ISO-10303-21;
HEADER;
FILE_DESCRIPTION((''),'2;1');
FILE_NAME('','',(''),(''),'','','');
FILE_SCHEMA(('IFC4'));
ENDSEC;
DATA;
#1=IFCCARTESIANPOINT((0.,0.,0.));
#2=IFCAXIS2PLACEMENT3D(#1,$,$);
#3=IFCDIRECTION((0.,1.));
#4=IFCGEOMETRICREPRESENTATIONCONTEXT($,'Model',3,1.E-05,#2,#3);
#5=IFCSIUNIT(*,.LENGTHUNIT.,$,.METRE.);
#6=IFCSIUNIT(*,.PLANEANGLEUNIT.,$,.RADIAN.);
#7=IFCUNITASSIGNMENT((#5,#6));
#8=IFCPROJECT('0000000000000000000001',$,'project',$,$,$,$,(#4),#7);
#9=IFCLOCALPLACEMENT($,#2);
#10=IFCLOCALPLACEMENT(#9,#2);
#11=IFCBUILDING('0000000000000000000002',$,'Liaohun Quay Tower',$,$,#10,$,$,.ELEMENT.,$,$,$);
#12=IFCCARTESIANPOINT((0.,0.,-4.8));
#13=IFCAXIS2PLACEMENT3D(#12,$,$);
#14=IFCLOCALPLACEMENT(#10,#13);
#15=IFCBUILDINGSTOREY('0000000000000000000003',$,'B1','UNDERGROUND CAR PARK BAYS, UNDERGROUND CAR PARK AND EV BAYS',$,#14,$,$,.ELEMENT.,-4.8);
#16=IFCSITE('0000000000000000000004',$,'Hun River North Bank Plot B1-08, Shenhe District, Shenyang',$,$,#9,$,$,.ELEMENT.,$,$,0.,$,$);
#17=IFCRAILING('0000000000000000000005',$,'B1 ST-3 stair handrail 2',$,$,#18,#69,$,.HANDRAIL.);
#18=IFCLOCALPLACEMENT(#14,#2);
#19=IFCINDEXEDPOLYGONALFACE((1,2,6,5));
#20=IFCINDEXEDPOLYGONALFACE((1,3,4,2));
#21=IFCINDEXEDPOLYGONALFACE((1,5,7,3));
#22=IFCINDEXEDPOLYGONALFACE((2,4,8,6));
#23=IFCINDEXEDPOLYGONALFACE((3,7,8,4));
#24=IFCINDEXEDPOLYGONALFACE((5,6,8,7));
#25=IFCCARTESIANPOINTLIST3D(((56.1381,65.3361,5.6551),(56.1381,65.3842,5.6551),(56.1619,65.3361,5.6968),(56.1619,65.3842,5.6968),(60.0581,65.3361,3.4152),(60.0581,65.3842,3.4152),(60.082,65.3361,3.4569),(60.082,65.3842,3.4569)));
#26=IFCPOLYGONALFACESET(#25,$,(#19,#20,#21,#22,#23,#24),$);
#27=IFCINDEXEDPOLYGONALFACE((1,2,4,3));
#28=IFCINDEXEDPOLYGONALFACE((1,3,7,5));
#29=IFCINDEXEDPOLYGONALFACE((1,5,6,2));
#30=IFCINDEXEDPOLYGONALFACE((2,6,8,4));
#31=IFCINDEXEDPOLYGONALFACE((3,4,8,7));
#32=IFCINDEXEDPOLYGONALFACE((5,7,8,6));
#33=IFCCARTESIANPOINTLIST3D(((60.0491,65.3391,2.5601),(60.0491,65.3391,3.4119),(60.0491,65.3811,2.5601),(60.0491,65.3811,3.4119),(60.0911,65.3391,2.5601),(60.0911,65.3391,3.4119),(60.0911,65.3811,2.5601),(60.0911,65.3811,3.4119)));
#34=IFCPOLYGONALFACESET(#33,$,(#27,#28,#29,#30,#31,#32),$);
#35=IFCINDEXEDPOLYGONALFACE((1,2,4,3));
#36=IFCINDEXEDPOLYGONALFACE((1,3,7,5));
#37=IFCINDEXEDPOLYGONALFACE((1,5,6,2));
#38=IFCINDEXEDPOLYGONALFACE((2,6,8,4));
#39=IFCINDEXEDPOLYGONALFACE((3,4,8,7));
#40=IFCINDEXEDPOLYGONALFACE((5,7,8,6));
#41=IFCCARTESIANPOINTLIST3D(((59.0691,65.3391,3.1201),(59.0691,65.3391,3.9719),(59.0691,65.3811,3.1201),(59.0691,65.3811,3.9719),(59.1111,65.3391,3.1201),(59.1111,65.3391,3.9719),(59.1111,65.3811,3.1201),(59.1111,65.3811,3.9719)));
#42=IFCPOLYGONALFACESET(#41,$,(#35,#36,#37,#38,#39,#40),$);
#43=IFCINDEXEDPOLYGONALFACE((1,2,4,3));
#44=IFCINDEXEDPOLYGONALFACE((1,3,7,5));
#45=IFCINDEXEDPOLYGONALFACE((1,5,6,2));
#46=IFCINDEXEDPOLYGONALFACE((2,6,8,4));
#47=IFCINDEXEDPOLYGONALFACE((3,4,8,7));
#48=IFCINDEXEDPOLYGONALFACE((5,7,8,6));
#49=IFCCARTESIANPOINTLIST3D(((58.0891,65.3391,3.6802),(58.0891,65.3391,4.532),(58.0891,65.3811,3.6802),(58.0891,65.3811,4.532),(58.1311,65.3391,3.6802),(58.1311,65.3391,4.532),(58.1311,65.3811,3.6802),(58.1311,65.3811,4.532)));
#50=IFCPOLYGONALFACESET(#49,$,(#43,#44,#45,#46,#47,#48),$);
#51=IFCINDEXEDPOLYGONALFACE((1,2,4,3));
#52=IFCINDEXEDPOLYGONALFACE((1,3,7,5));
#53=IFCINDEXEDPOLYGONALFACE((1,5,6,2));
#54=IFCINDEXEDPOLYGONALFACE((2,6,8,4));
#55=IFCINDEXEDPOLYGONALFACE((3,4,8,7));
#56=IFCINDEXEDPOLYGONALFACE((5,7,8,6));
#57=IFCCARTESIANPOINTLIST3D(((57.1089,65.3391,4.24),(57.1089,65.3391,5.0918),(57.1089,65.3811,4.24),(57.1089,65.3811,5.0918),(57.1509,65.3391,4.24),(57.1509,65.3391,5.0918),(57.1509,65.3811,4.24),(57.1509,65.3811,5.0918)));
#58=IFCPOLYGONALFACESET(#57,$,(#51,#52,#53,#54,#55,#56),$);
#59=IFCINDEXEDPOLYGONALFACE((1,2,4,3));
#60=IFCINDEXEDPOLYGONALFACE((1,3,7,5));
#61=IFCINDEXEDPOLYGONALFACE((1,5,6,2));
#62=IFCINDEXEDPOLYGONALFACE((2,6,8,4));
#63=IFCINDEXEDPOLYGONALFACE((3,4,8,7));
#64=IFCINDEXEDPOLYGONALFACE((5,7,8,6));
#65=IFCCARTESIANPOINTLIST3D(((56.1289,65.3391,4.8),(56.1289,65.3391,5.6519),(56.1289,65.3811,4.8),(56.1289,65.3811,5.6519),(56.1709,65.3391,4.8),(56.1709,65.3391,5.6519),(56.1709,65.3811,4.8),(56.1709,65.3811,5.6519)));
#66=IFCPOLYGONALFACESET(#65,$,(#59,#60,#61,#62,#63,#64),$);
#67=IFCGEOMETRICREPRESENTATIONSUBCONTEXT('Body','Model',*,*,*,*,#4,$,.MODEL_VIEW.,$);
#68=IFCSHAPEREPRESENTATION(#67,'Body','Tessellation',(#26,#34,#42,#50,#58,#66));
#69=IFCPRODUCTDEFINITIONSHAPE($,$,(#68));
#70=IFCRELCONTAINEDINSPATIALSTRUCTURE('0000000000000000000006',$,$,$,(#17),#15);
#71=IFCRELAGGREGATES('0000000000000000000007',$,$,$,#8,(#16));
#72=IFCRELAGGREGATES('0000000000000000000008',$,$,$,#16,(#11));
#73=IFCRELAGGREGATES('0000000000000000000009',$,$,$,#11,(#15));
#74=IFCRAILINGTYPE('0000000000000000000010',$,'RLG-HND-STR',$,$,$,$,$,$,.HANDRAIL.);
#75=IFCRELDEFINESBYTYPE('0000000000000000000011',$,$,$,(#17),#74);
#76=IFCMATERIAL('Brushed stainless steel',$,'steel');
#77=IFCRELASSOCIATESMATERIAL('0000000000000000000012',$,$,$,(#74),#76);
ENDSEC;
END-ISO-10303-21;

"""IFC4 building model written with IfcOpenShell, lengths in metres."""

from ifc_helpers import new_model, si_unit, direction, frame, origin, origin_2d, place, context, subcontext, project, spatial, rectangle, extrude, material, type_object, element, save


model = new_model("IFC4")

# Units and contexts
model_context = context("Model", 3, precision=1e-05, world=origin(), true_north=direction((0.0, 1.0)))
body_context = subcontext(model_context, "Body", "Model", "MODEL_VIEW")
ifc_project = project(units=[si_unit("LENGTHUNIT", "METRE"), si_unit("PLANEANGLEUNIT", "RADIAN")], contexts=[model_context])

# Site, building, storey
site_placement = place(None, origin())
site = spatial("IfcSite", under=ifc_project, at=site_placement, Name="Hun River North Bank Plot B1-08, Shenhe District, Shenyang", CompositionType="ELEMENT", RefElevation=0.0)
building_placement = place(site_placement, origin())
building = spatial("IfcBuilding", under=site, at=building_placement, Name="Liaohun Quay Tower", CompositionType="ELEMENT")
storey_placement = place(building_placement, frame((0.0, 0.0, -4.8)))
storey = spatial("IfcBuildingStorey", under=building, at=storey_placement, Name="B1", Description="UNDERGROUND CAR PARK BAYS, UNDERGROUND CAR PARK AND EV BAYS", CompositionType="ELEMENT", Elevation=-4.8)

# Railing
ifc_material_1 = material(Name="Brushed stainless steel", Category="steel")
railing_type_1 = type_object("IfcRailingType", Name="RLG-HND-STR", PredefinedType="HANDRAIL", material=ifc_material_1)
railing_1_placement = place(storey_placement, frame((60.0701, 65.3601, 2.5601)))
element("IfcRailing", 1, at=railing_1_placement, inside=storey, type_object=railing_type_1, Name="B1 ST-3 stair handrail 2", PredefinedType="HANDRAIL", context=body_context, shape_type="SweptSolid", body=[
    extrude(rectangle(XDim=0.0481, YDim=0.0481, at=origin_2d()), frame((0.0, 0.0, 0.876), z_axis=(-0.868253, 0.0, 0.496121), x_axis=(0.0, -1.0, 0.0)), (0.0, 0.0, 1.0), 4.5149),
    extrude(rectangle(XDim=0.042, YDim=0.042, at=origin_2d()), origin(), (0.0, 0.0, 1.0), 0.8518),
    extrude(rectangle(XDim=0.042, YDim=0.042, at=origin_2d()), frame((-0.98, 0.0, 0.5601)), (0.0, 0.0, 1.0), 0.8518),
    extrude(rectangle(XDim=0.042, YDim=0.042, at=origin_2d()), frame((-1.96, 0.0, 1.1201)), (0.0, 0.0, 1.0), 0.8518),
    extrude(rectangle(XDim=0.042, YDim=0.042, at=origin_2d()), frame((-2.9402, 0.0, 1.6799)), (0.0, 0.0, 1.0), 0.8518),
    extrude(rectangle(XDim=0.042, YDim=0.042, at=origin_2d()), frame((-3.9202, 0.0, 2.24)), (0.0, 0.0, 1.0), 0.8518),
])

save(model, "model.ifc")
